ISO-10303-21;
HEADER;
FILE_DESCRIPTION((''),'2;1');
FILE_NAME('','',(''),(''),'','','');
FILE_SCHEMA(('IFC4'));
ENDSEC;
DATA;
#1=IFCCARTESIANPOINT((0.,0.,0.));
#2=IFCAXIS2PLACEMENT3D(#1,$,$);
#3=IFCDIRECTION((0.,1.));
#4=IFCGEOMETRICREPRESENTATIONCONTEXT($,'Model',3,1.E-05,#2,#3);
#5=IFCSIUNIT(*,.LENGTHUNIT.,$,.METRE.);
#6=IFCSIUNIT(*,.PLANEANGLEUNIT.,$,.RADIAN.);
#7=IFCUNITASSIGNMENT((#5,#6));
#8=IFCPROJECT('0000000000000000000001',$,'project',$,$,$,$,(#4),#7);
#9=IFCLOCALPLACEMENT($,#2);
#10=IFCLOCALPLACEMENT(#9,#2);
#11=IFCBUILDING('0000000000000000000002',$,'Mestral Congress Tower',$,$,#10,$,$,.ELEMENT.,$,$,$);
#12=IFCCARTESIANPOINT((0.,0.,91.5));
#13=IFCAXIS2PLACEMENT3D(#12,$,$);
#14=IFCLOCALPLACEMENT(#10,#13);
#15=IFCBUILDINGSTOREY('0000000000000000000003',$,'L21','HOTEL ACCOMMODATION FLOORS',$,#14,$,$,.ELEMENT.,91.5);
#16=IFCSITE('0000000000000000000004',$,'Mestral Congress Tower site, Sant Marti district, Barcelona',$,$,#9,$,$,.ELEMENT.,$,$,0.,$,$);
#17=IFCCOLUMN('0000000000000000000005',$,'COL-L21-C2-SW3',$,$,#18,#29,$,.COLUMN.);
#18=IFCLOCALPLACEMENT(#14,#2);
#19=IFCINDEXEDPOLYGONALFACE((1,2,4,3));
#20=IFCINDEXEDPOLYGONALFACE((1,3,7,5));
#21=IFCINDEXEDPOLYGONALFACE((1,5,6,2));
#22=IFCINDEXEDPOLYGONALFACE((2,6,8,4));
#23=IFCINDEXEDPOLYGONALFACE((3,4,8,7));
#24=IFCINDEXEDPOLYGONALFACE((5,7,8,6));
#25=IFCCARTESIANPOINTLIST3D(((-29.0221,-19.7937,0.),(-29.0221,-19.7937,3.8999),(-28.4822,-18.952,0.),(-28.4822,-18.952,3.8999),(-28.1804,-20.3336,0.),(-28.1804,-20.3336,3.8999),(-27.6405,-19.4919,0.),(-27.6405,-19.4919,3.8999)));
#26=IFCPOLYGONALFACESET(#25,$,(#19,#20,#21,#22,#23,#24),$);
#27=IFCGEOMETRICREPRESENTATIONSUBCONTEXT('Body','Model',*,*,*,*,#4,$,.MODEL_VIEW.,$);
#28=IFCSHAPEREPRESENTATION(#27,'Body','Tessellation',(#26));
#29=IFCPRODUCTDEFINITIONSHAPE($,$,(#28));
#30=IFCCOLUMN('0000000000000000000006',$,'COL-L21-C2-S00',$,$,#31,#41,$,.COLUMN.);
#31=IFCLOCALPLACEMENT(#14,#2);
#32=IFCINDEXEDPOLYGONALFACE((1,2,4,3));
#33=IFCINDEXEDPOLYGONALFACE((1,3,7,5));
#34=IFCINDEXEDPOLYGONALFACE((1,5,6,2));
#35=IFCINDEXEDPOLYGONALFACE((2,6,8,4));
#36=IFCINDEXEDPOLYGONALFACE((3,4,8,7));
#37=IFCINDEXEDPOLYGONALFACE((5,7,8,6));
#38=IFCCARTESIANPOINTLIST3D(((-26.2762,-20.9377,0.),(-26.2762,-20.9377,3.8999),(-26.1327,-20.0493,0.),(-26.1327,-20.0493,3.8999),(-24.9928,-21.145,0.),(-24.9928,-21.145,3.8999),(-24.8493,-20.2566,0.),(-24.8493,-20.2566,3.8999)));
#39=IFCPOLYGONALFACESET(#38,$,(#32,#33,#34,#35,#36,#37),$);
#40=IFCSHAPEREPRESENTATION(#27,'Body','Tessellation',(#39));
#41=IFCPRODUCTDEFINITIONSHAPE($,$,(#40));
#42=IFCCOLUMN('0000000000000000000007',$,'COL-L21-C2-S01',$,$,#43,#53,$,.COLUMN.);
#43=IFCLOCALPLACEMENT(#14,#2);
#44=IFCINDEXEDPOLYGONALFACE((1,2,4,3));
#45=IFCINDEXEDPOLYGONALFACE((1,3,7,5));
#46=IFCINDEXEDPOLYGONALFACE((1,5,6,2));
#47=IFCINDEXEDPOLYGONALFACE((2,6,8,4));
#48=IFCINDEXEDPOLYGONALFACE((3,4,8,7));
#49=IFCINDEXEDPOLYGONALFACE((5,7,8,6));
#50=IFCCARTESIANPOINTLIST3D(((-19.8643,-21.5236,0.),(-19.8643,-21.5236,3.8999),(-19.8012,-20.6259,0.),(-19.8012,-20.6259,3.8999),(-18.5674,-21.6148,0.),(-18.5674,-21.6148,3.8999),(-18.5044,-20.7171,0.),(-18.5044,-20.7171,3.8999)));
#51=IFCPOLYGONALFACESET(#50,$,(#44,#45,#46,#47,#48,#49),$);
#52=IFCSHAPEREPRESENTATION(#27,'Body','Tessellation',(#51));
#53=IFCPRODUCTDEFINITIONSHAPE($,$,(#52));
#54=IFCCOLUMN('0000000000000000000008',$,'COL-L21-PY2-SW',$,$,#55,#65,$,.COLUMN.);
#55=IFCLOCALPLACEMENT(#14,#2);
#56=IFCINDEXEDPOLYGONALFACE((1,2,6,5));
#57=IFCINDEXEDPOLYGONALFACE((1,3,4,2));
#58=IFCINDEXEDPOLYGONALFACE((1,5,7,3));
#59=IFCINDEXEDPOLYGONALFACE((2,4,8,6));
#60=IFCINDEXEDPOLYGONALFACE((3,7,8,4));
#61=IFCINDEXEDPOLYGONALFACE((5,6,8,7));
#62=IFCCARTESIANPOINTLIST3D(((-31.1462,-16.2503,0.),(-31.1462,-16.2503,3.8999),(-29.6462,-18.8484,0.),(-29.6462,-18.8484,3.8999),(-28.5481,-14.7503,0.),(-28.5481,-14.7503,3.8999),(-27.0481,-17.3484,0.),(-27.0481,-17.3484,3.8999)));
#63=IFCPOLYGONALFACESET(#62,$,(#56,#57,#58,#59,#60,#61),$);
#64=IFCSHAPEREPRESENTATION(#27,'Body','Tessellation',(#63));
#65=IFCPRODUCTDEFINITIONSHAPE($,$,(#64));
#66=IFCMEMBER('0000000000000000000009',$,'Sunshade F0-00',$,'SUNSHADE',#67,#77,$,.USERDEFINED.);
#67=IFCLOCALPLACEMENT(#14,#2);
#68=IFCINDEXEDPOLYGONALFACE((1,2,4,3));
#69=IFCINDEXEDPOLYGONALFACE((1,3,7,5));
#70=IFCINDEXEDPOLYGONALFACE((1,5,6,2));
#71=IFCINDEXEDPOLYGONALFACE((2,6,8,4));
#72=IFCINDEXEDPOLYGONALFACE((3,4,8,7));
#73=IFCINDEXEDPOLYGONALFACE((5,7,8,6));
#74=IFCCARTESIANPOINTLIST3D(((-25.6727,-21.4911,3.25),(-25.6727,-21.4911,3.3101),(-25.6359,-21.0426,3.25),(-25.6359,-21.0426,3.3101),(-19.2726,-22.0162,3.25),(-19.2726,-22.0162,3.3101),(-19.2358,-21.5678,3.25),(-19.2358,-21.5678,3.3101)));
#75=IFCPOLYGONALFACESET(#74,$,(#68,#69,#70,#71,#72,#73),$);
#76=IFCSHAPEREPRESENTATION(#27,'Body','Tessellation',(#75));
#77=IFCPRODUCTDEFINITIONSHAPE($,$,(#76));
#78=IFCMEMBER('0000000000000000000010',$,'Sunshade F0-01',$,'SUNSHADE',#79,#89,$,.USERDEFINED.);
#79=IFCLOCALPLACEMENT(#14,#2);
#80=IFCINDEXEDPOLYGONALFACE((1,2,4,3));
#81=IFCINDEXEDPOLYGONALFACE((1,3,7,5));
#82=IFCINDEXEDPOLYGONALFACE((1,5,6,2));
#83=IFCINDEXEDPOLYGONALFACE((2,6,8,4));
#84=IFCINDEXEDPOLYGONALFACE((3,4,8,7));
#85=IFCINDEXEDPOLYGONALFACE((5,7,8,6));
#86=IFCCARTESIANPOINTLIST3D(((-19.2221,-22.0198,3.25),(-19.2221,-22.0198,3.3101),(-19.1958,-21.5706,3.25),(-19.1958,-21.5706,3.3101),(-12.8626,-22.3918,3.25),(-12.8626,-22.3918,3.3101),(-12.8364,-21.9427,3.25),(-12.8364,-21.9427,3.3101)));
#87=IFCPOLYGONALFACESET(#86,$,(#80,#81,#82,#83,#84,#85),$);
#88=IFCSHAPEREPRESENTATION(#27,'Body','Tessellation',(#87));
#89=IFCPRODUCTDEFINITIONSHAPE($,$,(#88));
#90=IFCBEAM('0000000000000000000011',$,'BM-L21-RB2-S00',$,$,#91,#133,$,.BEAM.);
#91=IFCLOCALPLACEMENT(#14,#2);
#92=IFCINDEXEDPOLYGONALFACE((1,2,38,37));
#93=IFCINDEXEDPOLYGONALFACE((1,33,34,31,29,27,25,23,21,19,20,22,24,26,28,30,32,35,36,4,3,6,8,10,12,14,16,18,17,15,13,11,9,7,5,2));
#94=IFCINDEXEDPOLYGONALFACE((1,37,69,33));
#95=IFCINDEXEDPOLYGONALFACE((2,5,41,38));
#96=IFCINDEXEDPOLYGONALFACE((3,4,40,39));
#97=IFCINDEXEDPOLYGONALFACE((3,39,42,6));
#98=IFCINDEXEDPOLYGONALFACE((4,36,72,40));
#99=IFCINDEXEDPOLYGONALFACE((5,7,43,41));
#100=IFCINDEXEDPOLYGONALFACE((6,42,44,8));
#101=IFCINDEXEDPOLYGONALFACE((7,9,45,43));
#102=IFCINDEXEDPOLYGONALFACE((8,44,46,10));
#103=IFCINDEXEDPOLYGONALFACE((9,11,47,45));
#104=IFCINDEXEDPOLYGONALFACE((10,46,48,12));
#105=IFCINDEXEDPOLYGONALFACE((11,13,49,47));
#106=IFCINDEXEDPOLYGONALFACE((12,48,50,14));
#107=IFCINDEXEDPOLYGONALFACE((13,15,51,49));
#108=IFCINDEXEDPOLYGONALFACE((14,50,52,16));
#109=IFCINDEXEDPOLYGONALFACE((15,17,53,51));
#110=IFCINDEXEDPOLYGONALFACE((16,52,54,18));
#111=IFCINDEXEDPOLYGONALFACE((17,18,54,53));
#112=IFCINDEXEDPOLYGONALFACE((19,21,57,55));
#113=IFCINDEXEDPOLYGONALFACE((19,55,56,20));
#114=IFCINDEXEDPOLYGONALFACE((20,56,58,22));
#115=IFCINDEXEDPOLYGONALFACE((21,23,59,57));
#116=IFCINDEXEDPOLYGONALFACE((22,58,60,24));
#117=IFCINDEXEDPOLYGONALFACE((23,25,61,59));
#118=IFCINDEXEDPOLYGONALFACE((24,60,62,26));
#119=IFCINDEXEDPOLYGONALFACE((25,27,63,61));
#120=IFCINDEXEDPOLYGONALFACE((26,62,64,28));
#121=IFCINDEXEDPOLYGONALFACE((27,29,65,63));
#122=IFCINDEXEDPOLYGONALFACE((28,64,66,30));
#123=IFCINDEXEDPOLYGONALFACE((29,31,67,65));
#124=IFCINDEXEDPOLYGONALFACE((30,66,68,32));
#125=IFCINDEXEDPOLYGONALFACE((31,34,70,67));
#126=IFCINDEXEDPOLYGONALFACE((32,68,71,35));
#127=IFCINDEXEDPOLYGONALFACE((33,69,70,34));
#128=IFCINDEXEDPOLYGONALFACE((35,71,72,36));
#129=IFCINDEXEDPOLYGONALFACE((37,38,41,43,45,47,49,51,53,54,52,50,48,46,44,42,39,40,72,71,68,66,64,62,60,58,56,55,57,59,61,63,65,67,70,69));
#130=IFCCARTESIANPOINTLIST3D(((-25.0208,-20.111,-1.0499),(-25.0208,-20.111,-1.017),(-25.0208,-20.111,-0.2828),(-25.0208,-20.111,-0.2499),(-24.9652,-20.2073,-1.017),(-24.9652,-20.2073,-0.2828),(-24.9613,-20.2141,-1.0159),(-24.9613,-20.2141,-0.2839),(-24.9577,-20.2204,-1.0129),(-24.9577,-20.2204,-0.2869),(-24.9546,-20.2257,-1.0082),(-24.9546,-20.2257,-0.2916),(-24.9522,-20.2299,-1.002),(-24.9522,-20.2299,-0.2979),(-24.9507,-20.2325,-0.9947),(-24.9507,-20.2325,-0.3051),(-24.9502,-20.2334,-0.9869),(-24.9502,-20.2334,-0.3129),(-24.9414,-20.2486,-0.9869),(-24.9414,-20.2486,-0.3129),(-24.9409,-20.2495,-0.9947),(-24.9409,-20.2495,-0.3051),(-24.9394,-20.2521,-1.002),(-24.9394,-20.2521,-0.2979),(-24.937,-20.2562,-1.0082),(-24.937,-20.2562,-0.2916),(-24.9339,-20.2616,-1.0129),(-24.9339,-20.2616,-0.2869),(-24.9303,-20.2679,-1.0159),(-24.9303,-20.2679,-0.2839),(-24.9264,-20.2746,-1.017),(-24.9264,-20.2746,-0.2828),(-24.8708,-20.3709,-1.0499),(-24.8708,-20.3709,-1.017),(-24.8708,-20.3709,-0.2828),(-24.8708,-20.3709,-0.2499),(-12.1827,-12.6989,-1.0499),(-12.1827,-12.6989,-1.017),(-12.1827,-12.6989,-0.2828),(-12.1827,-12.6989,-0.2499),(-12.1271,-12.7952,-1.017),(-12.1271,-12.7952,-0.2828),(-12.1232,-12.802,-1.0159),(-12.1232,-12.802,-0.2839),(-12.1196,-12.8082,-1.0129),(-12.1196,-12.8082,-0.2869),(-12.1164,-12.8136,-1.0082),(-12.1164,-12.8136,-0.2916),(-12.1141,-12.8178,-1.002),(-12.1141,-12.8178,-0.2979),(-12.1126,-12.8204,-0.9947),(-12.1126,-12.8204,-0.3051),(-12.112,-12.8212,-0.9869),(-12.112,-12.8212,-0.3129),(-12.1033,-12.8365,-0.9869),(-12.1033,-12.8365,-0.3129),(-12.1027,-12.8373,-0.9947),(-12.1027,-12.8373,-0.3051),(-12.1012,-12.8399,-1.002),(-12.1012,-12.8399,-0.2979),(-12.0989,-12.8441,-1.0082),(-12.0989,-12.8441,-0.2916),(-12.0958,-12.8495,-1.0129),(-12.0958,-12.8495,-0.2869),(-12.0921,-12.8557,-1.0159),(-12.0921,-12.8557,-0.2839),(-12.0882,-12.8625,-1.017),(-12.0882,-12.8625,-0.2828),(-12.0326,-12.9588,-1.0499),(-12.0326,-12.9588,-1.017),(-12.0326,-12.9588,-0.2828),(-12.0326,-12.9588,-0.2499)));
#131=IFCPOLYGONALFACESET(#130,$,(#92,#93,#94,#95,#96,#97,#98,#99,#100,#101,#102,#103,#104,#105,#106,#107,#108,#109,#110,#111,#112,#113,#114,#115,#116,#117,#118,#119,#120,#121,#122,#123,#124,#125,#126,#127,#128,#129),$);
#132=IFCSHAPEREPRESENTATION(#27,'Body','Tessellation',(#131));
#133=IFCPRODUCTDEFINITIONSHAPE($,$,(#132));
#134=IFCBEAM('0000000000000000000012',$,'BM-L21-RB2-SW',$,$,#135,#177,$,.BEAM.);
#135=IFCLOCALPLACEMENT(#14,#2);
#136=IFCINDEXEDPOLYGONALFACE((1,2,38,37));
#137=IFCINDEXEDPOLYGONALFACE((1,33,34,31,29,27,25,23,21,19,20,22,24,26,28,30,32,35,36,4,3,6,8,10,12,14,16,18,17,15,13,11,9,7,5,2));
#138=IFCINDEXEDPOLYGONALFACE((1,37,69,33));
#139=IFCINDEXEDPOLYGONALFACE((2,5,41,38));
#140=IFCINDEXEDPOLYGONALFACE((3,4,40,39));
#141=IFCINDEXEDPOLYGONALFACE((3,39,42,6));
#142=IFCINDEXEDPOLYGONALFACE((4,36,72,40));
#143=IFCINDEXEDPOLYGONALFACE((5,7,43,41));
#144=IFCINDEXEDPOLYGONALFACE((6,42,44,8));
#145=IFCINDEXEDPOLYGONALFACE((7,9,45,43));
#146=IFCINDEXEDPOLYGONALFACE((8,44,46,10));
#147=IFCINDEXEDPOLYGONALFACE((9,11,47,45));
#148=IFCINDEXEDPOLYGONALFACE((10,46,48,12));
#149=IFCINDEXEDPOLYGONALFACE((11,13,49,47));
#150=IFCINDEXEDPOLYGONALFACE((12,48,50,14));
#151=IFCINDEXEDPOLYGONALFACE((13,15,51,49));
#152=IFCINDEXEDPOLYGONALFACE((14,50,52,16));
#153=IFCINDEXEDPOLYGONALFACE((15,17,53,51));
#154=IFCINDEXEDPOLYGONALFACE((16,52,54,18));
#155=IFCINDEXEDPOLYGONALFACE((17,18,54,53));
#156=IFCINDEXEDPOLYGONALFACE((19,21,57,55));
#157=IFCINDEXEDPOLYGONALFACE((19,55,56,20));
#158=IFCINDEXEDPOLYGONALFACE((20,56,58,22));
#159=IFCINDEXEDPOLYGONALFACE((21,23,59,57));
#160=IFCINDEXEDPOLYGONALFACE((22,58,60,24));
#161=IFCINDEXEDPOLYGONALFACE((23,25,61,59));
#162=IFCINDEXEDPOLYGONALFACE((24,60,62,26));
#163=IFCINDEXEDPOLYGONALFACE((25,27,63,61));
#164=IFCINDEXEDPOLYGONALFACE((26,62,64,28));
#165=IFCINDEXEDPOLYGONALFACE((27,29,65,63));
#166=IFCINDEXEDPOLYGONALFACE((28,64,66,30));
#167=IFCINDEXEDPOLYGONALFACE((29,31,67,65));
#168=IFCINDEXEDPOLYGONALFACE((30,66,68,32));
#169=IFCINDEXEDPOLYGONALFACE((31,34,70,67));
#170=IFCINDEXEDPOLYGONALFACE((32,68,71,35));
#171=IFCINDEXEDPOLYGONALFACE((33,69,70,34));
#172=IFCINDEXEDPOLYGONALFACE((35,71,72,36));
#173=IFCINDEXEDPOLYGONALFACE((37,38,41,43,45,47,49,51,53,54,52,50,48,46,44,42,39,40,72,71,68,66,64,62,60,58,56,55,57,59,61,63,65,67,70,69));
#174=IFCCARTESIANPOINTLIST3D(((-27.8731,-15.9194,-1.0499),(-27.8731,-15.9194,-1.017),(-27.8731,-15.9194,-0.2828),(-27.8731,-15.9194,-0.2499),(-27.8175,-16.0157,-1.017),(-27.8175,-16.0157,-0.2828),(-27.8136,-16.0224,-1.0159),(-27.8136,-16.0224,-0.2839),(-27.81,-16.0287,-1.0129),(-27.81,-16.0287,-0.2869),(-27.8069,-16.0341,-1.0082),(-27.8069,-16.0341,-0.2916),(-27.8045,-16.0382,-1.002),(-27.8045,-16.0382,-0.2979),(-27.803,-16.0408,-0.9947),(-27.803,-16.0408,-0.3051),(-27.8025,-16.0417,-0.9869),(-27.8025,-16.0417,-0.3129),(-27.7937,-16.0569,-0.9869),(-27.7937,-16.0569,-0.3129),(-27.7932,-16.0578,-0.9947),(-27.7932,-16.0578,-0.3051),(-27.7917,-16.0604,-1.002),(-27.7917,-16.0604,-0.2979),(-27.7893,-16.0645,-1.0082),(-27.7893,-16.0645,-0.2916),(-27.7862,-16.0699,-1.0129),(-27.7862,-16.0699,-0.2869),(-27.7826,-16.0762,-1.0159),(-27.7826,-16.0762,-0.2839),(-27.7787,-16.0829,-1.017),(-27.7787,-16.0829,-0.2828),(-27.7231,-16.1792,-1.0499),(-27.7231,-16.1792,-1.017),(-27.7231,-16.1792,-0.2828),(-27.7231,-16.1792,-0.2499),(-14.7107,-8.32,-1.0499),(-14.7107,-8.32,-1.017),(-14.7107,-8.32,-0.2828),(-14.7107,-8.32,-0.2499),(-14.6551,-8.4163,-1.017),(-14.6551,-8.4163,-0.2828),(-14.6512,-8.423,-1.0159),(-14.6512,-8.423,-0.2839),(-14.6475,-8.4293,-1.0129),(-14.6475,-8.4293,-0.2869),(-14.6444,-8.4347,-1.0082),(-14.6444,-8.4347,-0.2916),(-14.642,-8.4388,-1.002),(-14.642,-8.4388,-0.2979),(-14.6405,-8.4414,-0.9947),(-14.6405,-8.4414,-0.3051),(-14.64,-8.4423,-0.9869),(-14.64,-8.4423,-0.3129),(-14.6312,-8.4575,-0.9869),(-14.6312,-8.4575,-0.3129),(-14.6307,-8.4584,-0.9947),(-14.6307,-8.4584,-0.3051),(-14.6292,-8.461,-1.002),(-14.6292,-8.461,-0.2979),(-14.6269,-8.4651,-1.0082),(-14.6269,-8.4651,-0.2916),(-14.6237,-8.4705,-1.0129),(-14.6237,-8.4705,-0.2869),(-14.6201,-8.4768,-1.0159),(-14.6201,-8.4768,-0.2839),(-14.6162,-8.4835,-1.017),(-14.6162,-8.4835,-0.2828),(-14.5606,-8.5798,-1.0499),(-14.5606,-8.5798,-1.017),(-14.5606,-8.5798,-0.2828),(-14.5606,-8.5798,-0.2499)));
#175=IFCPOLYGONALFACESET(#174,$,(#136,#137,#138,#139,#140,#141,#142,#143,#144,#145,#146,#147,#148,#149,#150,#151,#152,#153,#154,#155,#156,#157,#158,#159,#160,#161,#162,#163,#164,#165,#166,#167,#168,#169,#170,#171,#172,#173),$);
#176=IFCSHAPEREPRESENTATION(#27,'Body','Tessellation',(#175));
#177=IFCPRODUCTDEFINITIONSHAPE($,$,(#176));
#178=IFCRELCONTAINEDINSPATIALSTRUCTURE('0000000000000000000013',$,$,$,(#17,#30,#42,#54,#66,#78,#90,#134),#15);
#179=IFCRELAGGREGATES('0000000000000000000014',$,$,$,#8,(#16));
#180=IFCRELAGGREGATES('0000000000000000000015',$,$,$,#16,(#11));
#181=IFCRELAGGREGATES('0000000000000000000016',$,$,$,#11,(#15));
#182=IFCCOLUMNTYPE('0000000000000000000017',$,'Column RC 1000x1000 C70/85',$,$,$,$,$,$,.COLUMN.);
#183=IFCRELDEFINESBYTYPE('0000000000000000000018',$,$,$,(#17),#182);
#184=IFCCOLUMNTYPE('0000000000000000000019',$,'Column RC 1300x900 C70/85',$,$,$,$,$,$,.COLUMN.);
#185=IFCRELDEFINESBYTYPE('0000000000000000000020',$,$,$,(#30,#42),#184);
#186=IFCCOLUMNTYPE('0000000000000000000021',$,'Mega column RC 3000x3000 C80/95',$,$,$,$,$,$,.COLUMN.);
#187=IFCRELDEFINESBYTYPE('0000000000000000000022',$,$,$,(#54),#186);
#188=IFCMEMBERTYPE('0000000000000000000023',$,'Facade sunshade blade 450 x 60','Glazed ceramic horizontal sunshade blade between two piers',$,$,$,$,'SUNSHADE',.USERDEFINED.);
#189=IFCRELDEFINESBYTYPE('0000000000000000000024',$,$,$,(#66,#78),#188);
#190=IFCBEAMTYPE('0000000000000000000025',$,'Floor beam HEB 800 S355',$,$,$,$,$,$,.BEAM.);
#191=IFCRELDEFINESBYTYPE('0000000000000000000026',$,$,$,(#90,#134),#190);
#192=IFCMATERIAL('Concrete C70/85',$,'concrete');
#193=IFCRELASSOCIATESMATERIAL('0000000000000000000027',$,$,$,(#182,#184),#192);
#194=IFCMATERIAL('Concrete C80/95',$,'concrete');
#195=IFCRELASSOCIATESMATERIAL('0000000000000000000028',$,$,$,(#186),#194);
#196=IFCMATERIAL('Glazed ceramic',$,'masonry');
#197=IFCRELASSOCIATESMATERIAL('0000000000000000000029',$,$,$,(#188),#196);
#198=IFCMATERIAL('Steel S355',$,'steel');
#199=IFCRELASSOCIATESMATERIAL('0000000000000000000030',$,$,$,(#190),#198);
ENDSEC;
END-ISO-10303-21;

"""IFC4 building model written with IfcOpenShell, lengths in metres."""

from ifc_helpers import new_model, si_unit, direction, frame, origin, origin_2d, place, context, subcontext, project, spatial, rectangle, i_section, extrude, material, material_profile, profile_set, type_object, element, save


model = new_model("IFC4")

# Units and contexts
model_context = context("Model", 3, precision=1e-05, world=origin(), true_north=direction((0.0, 1.0)))
body_context = subcontext(model_context, "Body", "Model", "MODEL_VIEW")
ifc_project = project(units=[si_unit("LENGTHUNIT", "METRE"), si_unit("PLANEANGLEUNIT", "RADIAN")], contexts=[model_context])

# Site, building, storey
site_placement = place(None, origin())
site = spatial("IfcSite", under=ifc_project, at=site_placement, Name="Mestral Congress Tower site, Sant Marti district, Barcelona", CompositionType="ELEMENT", RefElevation=0.0)
building_placement = place(site_placement, origin())
building = spatial("IfcBuilding", under=site, at=building_placement, Name="Mestral Congress Tower", CompositionType="ELEMENT")
storey_placement = place(building_placement, frame((0.0, 0.0, 91.5)))
storey = spatial("IfcBuildingStorey", under=building, at=storey_placement, Name="L21", Description="HOTEL ACCOMMODATION FLOORS", CompositionType="ELEMENT", Elevation=91.5)

# Columns
ifc_material_1 = material(Name="Concrete C70/85", Category="concrete")
ifc_material_profile_1 = material_profile(ifc_material_1, rectangle(XDim=1.0, YDim=1.0, at=origin_2d()), Name="RC 1000x1000")
ifc_profile_set_1 = profile_set([ifc_material_profile_1], Name="Concrete C70/85")
column_type_1 = type_object("IfcColumnType", Name="Column RC 1000x1000 C70/85", PredefinedType="COLUMN", material=ifc_profile_set_1)
column_1_placement = place(storey_placement, frame((-28.3313, -19.6428, 0.0), z_axis=(0.0, 0.0, 1.0), x_axis=(0.8417, -0.539945, 0.0)))
element("IfcColumn", 1, at=column_1_placement, inside=storey, type_object=column_type_1, Name="COL-L21-C2-SW3", PredefinedType="COLUMN", context=body_context, shape_type="SweptSolid", body=[
    extrude(rectangle(XDim=1.0, YDim=1.0, at=origin_2d()), origin(), (0.0, 0.0, 1.0), 3.8999),
])
ifc_material_profile_2 = material_profile(ifc_material_1, rectangle(XDim=1.3, YDim=0.8999, at=origin_2d()), Name="RC 1300x900")
ifc_profile_set_2 = profile_set([ifc_material_profile_2], Name="Concrete C70/85")
column_type_2 = type_object("IfcColumnType", Name="Column RC 1300x900 C70/85", PredefinedType="COLUMN", material=ifc_profile_set_2)
for number, where, z_axis, x_axis, name in (
    (2, (-25.5627, -20.5972, 0.0), (0.0, 0.0, 1.0), (0.987202, -0.159473, 0.0), "COL-L21-C2-S00"),
    (3, (-19.1843, -21.1204, 0.0), (0.0, 0.0, 1.0), (0.99754, -0.070101, 0.0), "COL-L21-C2-S01"),
):
    element("IfcColumn", number, at=place(storey_placement, frame(where, z_axis=z_axis, x_axis=x_axis)), inside=storey, type_object=column_type_2, Name=name, PredefinedType="COLUMN", context=body_context, shape_type="SweptSolid", body=[
        extrude(rectangle(XDim=1.3, YDim=0.8999, at=origin_2d()), origin(), (0.0, 0.0, 1.0), 3.8999),
    ])
ifc_material_2 = material(Name="Concrete C80/95", Category="concrete")
ifc_material_profile_3 = material_profile(ifc_material_2, rectangle(XDim=3.0, YDim=3.0, at=origin_2d()), Name="RC 3000x3000")
ifc_profile_set_3 = profile_set([ifc_material_profile_3], Name="Concrete C80/95")
column_type_3 = type_object("IfcColumnType", Name="Mega column RC 3000x3000 C80/95", PredefinedType="COLUMN", material=ifc_profile_set_3)
column_2_placement = place(storey_placement, frame((-29.0972, -16.7993, 0.0), z_axis=(0.0, 0.0, 1.0), x_axis=(-0.866025, -0.5, 0.0)))
element("IfcColumn", 4, at=column_2_placement, inside=storey, type_object=column_type_3, Name="COL-L21-PY2-SW", PredefinedType="COLUMN", context=body_context, shape_type="SweptSolid", body=[
    extrude(rectangle(XDim=3.0, YDim=3.0, at=origin_2d()), origin(), (0.0, 0.0, 1.0), 3.8999),
])

# Members
ifc_material_3 = material(Name="Glazed ceramic", Category="masonry")
ifc_material_profile_4 = material_profile(ifc_material_3, rectangle(XDim=0.45, YDim=0.0601, at=origin_2d()), Name="Ceramic blade 450 x 60")
ifc_profile_set_4 = profile_set([ifc_material_profile_4], Name="Glazed ceramic")
member_type = type_object("IfcMemberType", Name="Facade sunshade blade 450 x 60", Description="Glazed ceramic horizontal sunshade blade between two piers", ElementType="SUNSHADE", PredefinedType="USERDEFINED", material=ifc_profile_set_4)
member_1_placement = place(storey_placement, frame((-25.6543, -21.2668, 3.28), z_axis=(0.996651, -0.081777, 0.0), x_axis=(0.081777, 0.996651, 0.0)))
element("IfcMember", 5, at=member_1_placement, inside=storey, type_object=member_type, Name="Sunshade F0-00", ObjectType="SUNSHADE", PredefinedType="USERDEFINED", context=body_context, shape_type="SweptSolid", body=[
    extrude(rectangle(XDim=0.45, YDim=0.0601, at=origin_2d()), origin(), (0.0, 0.0, 1.0), 6.4216),
])
member_2_placement = place(storey_placement, frame((-19.209, -21.7952, 3.28), z_axis=(0.998293, -0.058407, 0.0), x_axis=(0.058407, 0.998293, 0.0)))
element("IfcMember", 6, at=member_2_placement, inside=storey, type_object=member_type, Name="Sunshade F0-01", ObjectType="SUNSHADE", PredefinedType="USERDEFINED", context=body_context, shape_type="SweptSolid", body=[
    extrude(rectangle(XDim=0.45, YDim=0.0601, at=origin_2d()), origin(), (0.0, 0.0, 1.0), 6.3704),
])

# Beams
ifc_material_4 = material(Name="Steel S355", Category="steel")
ifc_material_profile_5 = material_profile(ifc_material_4, i_section(OverallWidth=0.3, OverallDepth=0.8, WebThickness=0.0176, FlangeThickness=0.033, FilletRadius=0.03, at=origin_2d()), Name="HEB 800")
ifc_profile_set_5 = profile_set([ifc_material_profile_5], Name="Steel S355")
beam_type_1 = type_object("IfcBeamType", Name="Floor beam HEB 800 S355", PredefinedType="BEAM", material=ifc_profile_set_5)
beam_1_placement = place(storey_placement, frame((-24.9458, -20.241, -0.6499), z_axis=(0.866025, 0.5, 0.0), x_axis=(-0.5, 0.866025, 0.0)))
element("IfcBeam", 7, at=beam_1_placement, inside=storey, type_object=beam_type_1, Name="BM-L21-RB2-S00", PredefinedType="BEAM", context=body_context, shape_type="SweptSolid", body=[
    extrude(i_section(OverallWidth=0.3, OverallDepth=0.8, WebThickness=0.0176, FlangeThickness=0.033, FilletRadius=0.03, at=origin_2d()), origin(), (0.0, 0.0, 1.0), 14.8242),
])
beam_2_placement = place(storey_placement, frame((-27.7981, -16.0493, -0.6499), z_axis=(0.866023, 0.500004, 0.0), x_axis=(-0.500004, 0.866023, 0.0)))
element("IfcBeam", 8, at=beam_2_placement, inside=storey, type_object=beam_type_1, Name="BM-L21-RB2-SW", PredefinedType="BEAM", context=body_context, shape_type="SweptSolid", body=[
    extrude(i_section(OverallWidth=0.3, OverallDepth=0.8, WebThickness=0.0176, FlangeThickness=0.033, FilletRadius=0.03, at=origin_2d()), origin(), (0.0, 0.0, 1.0), 15.1987),
])

save(model, "model.ifc")
